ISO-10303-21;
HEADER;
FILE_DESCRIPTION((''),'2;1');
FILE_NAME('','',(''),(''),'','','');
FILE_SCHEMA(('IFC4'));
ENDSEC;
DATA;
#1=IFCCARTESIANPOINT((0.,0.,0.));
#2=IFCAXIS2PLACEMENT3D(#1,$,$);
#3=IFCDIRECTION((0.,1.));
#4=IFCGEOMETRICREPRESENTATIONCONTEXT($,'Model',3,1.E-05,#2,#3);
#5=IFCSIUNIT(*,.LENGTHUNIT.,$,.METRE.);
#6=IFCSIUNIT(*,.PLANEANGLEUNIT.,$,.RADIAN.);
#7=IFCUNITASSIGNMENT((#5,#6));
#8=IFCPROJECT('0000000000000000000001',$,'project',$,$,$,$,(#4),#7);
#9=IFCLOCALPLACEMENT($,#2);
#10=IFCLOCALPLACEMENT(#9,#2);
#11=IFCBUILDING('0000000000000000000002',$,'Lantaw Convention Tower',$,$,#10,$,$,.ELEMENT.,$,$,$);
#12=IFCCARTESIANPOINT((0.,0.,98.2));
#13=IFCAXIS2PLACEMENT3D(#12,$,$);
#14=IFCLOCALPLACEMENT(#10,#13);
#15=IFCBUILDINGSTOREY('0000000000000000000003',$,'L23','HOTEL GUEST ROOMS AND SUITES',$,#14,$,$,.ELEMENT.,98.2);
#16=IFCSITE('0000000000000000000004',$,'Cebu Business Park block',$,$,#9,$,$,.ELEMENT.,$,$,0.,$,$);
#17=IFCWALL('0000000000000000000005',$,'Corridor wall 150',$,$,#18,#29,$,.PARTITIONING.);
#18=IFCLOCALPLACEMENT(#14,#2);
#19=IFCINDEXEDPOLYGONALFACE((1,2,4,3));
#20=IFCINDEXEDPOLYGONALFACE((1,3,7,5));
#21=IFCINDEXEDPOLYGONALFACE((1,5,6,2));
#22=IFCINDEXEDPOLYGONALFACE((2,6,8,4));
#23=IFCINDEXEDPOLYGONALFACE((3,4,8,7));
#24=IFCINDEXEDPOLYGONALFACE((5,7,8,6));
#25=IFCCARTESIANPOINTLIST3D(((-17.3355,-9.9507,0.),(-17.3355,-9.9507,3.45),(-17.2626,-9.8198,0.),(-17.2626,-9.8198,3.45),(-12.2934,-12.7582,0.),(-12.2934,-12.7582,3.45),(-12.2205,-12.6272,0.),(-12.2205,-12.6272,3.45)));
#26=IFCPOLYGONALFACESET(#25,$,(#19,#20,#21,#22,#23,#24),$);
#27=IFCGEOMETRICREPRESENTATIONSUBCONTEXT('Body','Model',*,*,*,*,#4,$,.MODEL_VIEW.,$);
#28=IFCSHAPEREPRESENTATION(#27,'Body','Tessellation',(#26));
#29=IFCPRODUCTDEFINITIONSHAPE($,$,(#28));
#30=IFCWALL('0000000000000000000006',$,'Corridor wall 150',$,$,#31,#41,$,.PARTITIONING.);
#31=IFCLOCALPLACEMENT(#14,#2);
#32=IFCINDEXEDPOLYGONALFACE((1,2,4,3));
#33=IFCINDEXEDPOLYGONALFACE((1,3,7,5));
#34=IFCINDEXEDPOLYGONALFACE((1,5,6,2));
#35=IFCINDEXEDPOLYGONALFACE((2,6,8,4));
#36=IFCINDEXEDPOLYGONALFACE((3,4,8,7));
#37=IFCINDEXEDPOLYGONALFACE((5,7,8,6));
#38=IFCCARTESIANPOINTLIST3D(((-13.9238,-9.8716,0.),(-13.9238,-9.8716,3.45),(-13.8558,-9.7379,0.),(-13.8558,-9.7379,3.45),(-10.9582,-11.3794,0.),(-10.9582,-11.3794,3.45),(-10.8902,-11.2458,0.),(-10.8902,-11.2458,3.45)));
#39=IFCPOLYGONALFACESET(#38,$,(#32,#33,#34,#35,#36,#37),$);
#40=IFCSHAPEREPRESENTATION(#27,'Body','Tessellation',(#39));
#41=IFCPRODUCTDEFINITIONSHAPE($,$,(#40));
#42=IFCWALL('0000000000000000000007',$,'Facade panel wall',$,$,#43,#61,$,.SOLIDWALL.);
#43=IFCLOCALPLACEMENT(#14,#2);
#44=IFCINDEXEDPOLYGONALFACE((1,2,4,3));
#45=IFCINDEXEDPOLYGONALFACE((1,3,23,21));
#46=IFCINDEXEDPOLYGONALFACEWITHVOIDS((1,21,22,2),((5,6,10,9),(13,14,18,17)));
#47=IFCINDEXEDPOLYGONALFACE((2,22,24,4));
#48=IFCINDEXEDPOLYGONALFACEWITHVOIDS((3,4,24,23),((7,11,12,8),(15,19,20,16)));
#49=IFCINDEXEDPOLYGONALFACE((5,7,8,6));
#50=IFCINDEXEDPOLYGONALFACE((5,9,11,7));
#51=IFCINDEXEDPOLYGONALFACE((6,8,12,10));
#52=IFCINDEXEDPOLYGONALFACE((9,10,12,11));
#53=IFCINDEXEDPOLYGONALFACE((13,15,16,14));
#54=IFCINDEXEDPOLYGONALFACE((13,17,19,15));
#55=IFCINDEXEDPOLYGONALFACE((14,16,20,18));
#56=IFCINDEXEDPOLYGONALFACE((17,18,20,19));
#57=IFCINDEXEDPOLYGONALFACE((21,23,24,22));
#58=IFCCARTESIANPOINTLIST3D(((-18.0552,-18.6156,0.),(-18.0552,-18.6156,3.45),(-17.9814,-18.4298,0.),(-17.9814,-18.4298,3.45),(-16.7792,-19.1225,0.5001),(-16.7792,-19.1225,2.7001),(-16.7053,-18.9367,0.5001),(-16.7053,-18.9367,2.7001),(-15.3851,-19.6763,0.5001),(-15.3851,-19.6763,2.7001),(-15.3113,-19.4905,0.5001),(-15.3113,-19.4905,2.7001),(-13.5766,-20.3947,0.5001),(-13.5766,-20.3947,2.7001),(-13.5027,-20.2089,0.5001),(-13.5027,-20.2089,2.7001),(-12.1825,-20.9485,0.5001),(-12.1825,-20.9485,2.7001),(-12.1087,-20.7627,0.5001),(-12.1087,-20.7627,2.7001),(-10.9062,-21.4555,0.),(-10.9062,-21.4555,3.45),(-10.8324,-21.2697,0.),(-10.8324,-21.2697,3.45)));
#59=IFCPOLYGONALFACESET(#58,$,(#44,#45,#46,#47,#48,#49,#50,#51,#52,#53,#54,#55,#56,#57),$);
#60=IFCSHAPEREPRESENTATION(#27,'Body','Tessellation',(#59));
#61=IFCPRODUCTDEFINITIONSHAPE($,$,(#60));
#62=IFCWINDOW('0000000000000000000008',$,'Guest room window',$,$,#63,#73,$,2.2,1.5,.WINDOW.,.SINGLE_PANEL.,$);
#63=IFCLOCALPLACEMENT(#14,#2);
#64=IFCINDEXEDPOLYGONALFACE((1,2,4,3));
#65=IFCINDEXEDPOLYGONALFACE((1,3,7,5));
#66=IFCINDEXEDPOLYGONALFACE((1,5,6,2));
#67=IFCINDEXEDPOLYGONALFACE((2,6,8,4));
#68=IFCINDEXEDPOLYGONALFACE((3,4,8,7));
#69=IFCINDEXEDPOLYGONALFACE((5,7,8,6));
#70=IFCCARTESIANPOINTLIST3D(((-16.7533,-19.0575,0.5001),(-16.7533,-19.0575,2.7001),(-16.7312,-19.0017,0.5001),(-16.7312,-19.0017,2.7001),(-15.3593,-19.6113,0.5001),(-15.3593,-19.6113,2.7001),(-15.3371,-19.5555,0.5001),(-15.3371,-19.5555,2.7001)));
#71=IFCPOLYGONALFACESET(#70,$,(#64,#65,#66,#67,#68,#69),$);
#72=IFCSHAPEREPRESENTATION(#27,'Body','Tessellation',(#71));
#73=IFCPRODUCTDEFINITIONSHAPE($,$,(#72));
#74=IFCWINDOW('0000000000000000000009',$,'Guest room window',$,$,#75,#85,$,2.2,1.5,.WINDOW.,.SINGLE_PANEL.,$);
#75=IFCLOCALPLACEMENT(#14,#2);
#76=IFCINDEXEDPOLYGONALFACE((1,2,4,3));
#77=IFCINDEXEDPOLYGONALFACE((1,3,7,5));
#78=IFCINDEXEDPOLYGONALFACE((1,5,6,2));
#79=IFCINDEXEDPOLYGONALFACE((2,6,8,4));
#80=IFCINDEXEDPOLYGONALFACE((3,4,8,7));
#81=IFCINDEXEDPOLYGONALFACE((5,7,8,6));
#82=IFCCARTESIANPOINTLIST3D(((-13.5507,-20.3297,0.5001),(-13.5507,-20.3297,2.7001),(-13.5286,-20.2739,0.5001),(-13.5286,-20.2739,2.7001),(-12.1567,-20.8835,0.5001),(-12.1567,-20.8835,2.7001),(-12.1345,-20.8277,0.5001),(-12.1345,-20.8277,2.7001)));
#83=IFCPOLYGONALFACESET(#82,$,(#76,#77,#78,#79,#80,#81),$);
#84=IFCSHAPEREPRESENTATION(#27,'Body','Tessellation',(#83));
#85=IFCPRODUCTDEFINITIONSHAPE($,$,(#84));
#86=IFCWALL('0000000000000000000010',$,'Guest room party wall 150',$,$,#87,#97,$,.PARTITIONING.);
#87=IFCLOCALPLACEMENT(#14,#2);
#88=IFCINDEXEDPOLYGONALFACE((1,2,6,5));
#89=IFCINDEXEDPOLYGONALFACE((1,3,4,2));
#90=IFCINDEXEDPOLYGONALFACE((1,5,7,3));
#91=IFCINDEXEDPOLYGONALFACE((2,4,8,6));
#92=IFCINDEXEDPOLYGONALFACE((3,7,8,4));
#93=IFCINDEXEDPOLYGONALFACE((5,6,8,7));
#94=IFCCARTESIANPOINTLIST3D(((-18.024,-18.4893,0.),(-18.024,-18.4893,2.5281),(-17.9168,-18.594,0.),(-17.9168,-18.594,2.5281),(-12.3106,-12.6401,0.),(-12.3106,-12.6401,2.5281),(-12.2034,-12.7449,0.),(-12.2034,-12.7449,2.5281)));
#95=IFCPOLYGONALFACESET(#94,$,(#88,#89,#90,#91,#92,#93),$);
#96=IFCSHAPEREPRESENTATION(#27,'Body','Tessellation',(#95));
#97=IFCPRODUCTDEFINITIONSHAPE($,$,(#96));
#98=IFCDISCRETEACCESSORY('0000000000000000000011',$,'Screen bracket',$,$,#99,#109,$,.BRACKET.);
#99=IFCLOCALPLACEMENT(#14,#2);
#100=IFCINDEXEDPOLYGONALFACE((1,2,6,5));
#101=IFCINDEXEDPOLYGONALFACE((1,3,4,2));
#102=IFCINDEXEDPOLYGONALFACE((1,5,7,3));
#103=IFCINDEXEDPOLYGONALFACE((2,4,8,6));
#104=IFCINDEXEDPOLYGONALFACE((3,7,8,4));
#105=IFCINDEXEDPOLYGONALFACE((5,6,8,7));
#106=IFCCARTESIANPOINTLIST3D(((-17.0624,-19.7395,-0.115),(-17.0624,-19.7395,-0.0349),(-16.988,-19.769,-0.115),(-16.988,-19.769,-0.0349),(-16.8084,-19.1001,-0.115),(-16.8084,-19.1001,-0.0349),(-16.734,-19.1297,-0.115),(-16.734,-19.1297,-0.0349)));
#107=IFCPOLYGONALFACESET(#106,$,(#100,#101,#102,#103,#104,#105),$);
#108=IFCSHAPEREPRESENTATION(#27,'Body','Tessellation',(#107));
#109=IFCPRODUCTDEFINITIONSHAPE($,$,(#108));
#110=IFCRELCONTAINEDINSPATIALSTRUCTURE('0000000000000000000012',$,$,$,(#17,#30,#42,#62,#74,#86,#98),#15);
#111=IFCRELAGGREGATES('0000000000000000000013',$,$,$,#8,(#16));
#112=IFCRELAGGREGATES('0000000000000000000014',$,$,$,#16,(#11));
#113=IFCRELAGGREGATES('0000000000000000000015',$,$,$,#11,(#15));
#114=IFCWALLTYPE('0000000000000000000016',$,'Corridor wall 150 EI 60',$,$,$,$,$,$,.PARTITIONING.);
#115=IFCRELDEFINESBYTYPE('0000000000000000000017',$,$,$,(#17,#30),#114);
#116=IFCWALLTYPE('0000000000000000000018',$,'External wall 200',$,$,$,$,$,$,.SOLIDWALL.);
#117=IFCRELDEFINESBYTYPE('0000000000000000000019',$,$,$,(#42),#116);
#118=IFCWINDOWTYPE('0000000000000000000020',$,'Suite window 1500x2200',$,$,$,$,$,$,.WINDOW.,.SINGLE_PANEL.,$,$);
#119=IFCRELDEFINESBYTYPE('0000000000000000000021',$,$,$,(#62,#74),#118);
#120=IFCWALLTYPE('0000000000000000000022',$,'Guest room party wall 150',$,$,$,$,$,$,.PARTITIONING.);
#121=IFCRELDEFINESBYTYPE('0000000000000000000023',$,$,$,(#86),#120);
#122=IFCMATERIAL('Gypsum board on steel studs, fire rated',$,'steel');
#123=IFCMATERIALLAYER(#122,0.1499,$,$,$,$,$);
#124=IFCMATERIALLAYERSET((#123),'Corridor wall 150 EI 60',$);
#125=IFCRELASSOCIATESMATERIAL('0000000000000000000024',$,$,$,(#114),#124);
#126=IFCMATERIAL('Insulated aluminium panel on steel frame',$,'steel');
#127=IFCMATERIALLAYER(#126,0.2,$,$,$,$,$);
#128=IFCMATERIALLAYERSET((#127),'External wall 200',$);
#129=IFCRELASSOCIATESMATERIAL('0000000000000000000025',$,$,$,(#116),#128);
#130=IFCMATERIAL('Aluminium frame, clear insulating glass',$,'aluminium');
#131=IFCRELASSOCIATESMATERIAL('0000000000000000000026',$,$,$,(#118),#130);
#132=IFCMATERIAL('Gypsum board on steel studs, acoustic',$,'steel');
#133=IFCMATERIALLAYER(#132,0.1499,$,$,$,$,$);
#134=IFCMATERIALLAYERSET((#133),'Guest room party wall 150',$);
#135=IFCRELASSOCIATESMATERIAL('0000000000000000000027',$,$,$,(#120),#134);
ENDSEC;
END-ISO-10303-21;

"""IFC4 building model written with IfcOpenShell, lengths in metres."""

from ifc_helpers import new_model, si_unit, direction, frame, frame_2d, origin, origin_2d, place, context, subcontext, project, spatial, rectangle, extrude, material, layer, layer_set, type_object, element, fill, save


model = new_model("IFC4")

# Units and contexts
model_context = context("Model", 3, precision=1e-05, world=origin(), true_north=direction((0.0, 1.0)))
body_context = subcontext(model_context, "Body", "Model", "MODEL_VIEW")
ifc_project = project(units=[si_unit("LENGTHUNIT", "METRE"), si_unit("PLANEANGLEUNIT", "RADIAN")], contexts=[model_context])

# Site, building, storey
site_placement = place(None, origin())
site = spatial("IfcSite", under=ifc_project, at=site_placement, Name="Cebu Business Park block", CompositionType="ELEMENT", RefElevation=0.0)
building_placement = place(site_placement, origin())
building = spatial("IfcBuilding", under=site, at=building_placement, Name="Lantaw Convention Tower", CompositionType="ELEMENT")
storey_placement = place(building_placement, frame((0.0, 0.0, 98.2)))
storey = spatial("IfcBuildingStorey", under=building, at=storey_placement, Name="L23", Description="HOTEL GUEST ROOMS AND SUITES", CompositionType="ELEMENT", Elevation=98.2)

# Walls
ifc_material_1 = material(Name="Gypsum board on steel studs, fire rated", Category="steel")
ifc_layer_1 = layer(ifc_material_1, 0.1499)
ifc_layer_set_1 = layer_set([ifc_layer_1], Name="Corridor wall 150 EI 60")
wall_type_1 = type_object("IfcWallType", Name="Corridor wall 150 EI 60", PredefinedType="PARTITIONING", material=ifc_layer_set_1)
wall_1_placement = place(storey_placement, frame((-17.2991, -9.8853, 0.0), z_axis=(0.0, 0.0, 1.0), x_axis=(0.873696, -0.486472, 0.0)))
element("IfcWall", 1, at=wall_1_placement, inside=storey, type_object=wall_type_1, Name="Corridor wall 150", PredefinedType="PARTITIONING", context=body_context, shape_type="SweptSolid", body=[
    extrude(rectangle(XDim=5.771, YDim=0.1499, at=frame_2d((2.8855, 0.0))), origin(), (0.0, 0.0, 1.0), 3.45),
])
wall_2_placement = place(storey_placement, frame((-13.8899, -9.8047, 0.0), z_axis=(0.0, 0.0, 1.0), x_axis=(0.891398, -0.453221, 0.0)))
element("IfcWall", 2, at=wall_2_placement, inside=storey, type_object=wall_type_1, Name="Corridor wall 150", PredefinedType="PARTITIONING", context=body_context, shape_type="SweptSolid", body=[
    extrude(rectangle(XDim=3.3269, YDim=0.1499, at=frame_2d((1.6636, 0.0))), origin(), (0.0, 0.0, 1.0), 3.45),
])

# Wall, openings, windows
ifc_material_2 = material(Name="Insulated aluminium panel on steel frame", Category="steel")
ifc_layer_2 = layer(ifc_material_2, 0.2)
ifc_layer_set_2 = layer_set([ifc_layer_2], Name="External wall 200")
wall_type_2 = type_object("IfcWallType", Name="External wall 200", PredefinedType="SOLIDWALL", material=ifc_layer_set_2)
wall_3_placement = place(storey_placement, frame((-18.0183, -18.5227, 0.0), z_axis=(0.0, 0.0, 1.0), x_axis=(0.929358, -0.369179, 0.0)))
wall_3 = element("IfcWall", 3, at=wall_3_placement, inside=storey, type_object=wall_type_2, Name="Facade panel wall", PredefinedType="SOLIDWALL", context=body_context, shape_type="SweptSolid", body=[
    extrude(rectangle(XDim=7.6924, YDim=0.2, at=frame_2d((3.8462, 0.0))), origin(), (0.0, 0.0, 1.0), 3.45),
])
opening_1_placement = place(wall_3_placement, frame((1.373, 0.0, 0.5)))
opening_1 = element("IfcOpeningElement", 4, at=opening_1_placement, cuts=wall_3, PredefinedType="OPENING", context=body_context, shape_type="SweptSolid", body=[
    extrude(rectangle(XDim=1.5, YDim=2.2, at=frame_2d((0.75, 1.1001))), frame((0.0, 0.1099, 0.0), z_axis=(0.0, -1.0, 0.0), x_axis=(1.0, 0.0, 0.0)), (0.0, 0.0, 1.0), 0.22),
])
opening_2_placement = place(wall_3_placement, frame((4.8191, 0.0, 0.5)))
opening_2 = element("IfcOpeningElement", 5, at=opening_2_placement, cuts=wall_3, PredefinedType="OPENING", context=body_context, shape_type="SweptSolid", body=[
    extrude(rectangle(XDim=1.5, YDim=2.2, at=frame_2d((0.75, 1.1001))), frame((0.0, 0.1099, 0.0), z_axis=(0.0, -1.0, 0.0), x_axis=(1.0, 0.0, 0.0)), (0.0, 0.0, 1.0), 0.22),
])
ifc_material_3 = material(Name="Aluminium frame, clear insulating glass", Category="aluminium")
window_type = type_object("IfcWindowType", Name="Suite window 1500x2200", PartitioningType="SINGLE_PANEL", PredefinedType="WINDOW", material=ifc_material_3)
window_1_placement = place(opening_1_placement, origin())
window_1 = element("IfcWindow", 6, at=window_1_placement, inside=storey, type_object=window_type, Name="Guest room window", OverallHeight=2.2, OverallWidth=1.5, PartitioningType="SINGLE_PANEL", PredefinedType="WINDOW", context=body_context, shape_type="SweptSolid", body=[
    extrude(rectangle(XDim=1.5, YDim=2.2, at=frame_2d((0.75, 1.1001))), frame((0.0, 0.03, 0.0), z_axis=(0.0, -1.0, 0.0), x_axis=(1.0, 0.0, 0.0)), (0.0, 0.0, 1.0), 0.0601),
])
fill(opening_1, window_1)
window_2_placement = place(opening_2_placement, origin())
window_2 = element("IfcWindow", 7, at=window_2_placement, inside=storey, type_object=window_type, Name="Guest room window", OverallHeight=2.2, OverallWidth=1.5, PartitioningType="SINGLE_PANEL", PredefinedType="WINDOW", context=body_context, shape_type="SweptSolid", body=[
    extrude(rectangle(XDim=1.5, YDim=2.2, at=frame_2d((0.75, 1.1001))), frame((0.0, 0.03, 0.0), z_axis=(0.0, -1.0, 0.0), x_axis=(1.0, 0.0, 0.0)), (0.0, 0.0, 1.0), 0.0601),
])
fill(opening_2, window_2)

# Wall
ifc_material_4 = material(Name="Gypsum board on steel studs, acoustic", Category="steel")
ifc_layer_3 = layer(ifc_material_4, 0.1499)
ifc_layer_set_3 = layer_set([ifc_layer_3], Name="Guest room party wall 150")
wall_type_3 = type_object("IfcWallType", Name="Guest room party wall 150", PredefinedType="PARTITIONING", material=ifc_layer_set_3)
wall_4_placement = place(storey_placement, frame((-17.9705, -18.5417, 0.0), z_axis=(0.0, 0.0, 1.0), x_axis=(0.698757, 0.715359, 0.0)))
element("IfcWall", 8, at=wall_4_placement, inside=storey, type_object=wall_type_3, Name="Guest room party wall 150", PredefinedType="PARTITIONING", context=body_context, shape_type="SweptSolid", body=[
    extrude(rectangle(XDim=8.1765, YDim=0.1499, at=frame_2d((4.0884, 0.0))), origin(), (0.0, 0.0, 1.0), 2.5281),
])

# Discrete accessory
discrete_accessory_placement = place(storey_placement, frame((-16.8982, -19.4346, -0.115), z_axis=(0.0, 0.0, 1.0), x_axis=(0.929361, -0.369172, 0.0)))
element("IfcDiscreteAccessory", 9, at=discrete_accessory_placement, inside=storey, Name="Screen bracket", PredefinedType="BRACKET", context=body_context, shape_type="SweptSolid", body=[
    extrude(rectangle(XDim=0.0801, YDim=0.688, at=origin_2d()), origin(), (0.0, 0.0, 1.0), 0.0801),
])

save(model, "model.ifc")
